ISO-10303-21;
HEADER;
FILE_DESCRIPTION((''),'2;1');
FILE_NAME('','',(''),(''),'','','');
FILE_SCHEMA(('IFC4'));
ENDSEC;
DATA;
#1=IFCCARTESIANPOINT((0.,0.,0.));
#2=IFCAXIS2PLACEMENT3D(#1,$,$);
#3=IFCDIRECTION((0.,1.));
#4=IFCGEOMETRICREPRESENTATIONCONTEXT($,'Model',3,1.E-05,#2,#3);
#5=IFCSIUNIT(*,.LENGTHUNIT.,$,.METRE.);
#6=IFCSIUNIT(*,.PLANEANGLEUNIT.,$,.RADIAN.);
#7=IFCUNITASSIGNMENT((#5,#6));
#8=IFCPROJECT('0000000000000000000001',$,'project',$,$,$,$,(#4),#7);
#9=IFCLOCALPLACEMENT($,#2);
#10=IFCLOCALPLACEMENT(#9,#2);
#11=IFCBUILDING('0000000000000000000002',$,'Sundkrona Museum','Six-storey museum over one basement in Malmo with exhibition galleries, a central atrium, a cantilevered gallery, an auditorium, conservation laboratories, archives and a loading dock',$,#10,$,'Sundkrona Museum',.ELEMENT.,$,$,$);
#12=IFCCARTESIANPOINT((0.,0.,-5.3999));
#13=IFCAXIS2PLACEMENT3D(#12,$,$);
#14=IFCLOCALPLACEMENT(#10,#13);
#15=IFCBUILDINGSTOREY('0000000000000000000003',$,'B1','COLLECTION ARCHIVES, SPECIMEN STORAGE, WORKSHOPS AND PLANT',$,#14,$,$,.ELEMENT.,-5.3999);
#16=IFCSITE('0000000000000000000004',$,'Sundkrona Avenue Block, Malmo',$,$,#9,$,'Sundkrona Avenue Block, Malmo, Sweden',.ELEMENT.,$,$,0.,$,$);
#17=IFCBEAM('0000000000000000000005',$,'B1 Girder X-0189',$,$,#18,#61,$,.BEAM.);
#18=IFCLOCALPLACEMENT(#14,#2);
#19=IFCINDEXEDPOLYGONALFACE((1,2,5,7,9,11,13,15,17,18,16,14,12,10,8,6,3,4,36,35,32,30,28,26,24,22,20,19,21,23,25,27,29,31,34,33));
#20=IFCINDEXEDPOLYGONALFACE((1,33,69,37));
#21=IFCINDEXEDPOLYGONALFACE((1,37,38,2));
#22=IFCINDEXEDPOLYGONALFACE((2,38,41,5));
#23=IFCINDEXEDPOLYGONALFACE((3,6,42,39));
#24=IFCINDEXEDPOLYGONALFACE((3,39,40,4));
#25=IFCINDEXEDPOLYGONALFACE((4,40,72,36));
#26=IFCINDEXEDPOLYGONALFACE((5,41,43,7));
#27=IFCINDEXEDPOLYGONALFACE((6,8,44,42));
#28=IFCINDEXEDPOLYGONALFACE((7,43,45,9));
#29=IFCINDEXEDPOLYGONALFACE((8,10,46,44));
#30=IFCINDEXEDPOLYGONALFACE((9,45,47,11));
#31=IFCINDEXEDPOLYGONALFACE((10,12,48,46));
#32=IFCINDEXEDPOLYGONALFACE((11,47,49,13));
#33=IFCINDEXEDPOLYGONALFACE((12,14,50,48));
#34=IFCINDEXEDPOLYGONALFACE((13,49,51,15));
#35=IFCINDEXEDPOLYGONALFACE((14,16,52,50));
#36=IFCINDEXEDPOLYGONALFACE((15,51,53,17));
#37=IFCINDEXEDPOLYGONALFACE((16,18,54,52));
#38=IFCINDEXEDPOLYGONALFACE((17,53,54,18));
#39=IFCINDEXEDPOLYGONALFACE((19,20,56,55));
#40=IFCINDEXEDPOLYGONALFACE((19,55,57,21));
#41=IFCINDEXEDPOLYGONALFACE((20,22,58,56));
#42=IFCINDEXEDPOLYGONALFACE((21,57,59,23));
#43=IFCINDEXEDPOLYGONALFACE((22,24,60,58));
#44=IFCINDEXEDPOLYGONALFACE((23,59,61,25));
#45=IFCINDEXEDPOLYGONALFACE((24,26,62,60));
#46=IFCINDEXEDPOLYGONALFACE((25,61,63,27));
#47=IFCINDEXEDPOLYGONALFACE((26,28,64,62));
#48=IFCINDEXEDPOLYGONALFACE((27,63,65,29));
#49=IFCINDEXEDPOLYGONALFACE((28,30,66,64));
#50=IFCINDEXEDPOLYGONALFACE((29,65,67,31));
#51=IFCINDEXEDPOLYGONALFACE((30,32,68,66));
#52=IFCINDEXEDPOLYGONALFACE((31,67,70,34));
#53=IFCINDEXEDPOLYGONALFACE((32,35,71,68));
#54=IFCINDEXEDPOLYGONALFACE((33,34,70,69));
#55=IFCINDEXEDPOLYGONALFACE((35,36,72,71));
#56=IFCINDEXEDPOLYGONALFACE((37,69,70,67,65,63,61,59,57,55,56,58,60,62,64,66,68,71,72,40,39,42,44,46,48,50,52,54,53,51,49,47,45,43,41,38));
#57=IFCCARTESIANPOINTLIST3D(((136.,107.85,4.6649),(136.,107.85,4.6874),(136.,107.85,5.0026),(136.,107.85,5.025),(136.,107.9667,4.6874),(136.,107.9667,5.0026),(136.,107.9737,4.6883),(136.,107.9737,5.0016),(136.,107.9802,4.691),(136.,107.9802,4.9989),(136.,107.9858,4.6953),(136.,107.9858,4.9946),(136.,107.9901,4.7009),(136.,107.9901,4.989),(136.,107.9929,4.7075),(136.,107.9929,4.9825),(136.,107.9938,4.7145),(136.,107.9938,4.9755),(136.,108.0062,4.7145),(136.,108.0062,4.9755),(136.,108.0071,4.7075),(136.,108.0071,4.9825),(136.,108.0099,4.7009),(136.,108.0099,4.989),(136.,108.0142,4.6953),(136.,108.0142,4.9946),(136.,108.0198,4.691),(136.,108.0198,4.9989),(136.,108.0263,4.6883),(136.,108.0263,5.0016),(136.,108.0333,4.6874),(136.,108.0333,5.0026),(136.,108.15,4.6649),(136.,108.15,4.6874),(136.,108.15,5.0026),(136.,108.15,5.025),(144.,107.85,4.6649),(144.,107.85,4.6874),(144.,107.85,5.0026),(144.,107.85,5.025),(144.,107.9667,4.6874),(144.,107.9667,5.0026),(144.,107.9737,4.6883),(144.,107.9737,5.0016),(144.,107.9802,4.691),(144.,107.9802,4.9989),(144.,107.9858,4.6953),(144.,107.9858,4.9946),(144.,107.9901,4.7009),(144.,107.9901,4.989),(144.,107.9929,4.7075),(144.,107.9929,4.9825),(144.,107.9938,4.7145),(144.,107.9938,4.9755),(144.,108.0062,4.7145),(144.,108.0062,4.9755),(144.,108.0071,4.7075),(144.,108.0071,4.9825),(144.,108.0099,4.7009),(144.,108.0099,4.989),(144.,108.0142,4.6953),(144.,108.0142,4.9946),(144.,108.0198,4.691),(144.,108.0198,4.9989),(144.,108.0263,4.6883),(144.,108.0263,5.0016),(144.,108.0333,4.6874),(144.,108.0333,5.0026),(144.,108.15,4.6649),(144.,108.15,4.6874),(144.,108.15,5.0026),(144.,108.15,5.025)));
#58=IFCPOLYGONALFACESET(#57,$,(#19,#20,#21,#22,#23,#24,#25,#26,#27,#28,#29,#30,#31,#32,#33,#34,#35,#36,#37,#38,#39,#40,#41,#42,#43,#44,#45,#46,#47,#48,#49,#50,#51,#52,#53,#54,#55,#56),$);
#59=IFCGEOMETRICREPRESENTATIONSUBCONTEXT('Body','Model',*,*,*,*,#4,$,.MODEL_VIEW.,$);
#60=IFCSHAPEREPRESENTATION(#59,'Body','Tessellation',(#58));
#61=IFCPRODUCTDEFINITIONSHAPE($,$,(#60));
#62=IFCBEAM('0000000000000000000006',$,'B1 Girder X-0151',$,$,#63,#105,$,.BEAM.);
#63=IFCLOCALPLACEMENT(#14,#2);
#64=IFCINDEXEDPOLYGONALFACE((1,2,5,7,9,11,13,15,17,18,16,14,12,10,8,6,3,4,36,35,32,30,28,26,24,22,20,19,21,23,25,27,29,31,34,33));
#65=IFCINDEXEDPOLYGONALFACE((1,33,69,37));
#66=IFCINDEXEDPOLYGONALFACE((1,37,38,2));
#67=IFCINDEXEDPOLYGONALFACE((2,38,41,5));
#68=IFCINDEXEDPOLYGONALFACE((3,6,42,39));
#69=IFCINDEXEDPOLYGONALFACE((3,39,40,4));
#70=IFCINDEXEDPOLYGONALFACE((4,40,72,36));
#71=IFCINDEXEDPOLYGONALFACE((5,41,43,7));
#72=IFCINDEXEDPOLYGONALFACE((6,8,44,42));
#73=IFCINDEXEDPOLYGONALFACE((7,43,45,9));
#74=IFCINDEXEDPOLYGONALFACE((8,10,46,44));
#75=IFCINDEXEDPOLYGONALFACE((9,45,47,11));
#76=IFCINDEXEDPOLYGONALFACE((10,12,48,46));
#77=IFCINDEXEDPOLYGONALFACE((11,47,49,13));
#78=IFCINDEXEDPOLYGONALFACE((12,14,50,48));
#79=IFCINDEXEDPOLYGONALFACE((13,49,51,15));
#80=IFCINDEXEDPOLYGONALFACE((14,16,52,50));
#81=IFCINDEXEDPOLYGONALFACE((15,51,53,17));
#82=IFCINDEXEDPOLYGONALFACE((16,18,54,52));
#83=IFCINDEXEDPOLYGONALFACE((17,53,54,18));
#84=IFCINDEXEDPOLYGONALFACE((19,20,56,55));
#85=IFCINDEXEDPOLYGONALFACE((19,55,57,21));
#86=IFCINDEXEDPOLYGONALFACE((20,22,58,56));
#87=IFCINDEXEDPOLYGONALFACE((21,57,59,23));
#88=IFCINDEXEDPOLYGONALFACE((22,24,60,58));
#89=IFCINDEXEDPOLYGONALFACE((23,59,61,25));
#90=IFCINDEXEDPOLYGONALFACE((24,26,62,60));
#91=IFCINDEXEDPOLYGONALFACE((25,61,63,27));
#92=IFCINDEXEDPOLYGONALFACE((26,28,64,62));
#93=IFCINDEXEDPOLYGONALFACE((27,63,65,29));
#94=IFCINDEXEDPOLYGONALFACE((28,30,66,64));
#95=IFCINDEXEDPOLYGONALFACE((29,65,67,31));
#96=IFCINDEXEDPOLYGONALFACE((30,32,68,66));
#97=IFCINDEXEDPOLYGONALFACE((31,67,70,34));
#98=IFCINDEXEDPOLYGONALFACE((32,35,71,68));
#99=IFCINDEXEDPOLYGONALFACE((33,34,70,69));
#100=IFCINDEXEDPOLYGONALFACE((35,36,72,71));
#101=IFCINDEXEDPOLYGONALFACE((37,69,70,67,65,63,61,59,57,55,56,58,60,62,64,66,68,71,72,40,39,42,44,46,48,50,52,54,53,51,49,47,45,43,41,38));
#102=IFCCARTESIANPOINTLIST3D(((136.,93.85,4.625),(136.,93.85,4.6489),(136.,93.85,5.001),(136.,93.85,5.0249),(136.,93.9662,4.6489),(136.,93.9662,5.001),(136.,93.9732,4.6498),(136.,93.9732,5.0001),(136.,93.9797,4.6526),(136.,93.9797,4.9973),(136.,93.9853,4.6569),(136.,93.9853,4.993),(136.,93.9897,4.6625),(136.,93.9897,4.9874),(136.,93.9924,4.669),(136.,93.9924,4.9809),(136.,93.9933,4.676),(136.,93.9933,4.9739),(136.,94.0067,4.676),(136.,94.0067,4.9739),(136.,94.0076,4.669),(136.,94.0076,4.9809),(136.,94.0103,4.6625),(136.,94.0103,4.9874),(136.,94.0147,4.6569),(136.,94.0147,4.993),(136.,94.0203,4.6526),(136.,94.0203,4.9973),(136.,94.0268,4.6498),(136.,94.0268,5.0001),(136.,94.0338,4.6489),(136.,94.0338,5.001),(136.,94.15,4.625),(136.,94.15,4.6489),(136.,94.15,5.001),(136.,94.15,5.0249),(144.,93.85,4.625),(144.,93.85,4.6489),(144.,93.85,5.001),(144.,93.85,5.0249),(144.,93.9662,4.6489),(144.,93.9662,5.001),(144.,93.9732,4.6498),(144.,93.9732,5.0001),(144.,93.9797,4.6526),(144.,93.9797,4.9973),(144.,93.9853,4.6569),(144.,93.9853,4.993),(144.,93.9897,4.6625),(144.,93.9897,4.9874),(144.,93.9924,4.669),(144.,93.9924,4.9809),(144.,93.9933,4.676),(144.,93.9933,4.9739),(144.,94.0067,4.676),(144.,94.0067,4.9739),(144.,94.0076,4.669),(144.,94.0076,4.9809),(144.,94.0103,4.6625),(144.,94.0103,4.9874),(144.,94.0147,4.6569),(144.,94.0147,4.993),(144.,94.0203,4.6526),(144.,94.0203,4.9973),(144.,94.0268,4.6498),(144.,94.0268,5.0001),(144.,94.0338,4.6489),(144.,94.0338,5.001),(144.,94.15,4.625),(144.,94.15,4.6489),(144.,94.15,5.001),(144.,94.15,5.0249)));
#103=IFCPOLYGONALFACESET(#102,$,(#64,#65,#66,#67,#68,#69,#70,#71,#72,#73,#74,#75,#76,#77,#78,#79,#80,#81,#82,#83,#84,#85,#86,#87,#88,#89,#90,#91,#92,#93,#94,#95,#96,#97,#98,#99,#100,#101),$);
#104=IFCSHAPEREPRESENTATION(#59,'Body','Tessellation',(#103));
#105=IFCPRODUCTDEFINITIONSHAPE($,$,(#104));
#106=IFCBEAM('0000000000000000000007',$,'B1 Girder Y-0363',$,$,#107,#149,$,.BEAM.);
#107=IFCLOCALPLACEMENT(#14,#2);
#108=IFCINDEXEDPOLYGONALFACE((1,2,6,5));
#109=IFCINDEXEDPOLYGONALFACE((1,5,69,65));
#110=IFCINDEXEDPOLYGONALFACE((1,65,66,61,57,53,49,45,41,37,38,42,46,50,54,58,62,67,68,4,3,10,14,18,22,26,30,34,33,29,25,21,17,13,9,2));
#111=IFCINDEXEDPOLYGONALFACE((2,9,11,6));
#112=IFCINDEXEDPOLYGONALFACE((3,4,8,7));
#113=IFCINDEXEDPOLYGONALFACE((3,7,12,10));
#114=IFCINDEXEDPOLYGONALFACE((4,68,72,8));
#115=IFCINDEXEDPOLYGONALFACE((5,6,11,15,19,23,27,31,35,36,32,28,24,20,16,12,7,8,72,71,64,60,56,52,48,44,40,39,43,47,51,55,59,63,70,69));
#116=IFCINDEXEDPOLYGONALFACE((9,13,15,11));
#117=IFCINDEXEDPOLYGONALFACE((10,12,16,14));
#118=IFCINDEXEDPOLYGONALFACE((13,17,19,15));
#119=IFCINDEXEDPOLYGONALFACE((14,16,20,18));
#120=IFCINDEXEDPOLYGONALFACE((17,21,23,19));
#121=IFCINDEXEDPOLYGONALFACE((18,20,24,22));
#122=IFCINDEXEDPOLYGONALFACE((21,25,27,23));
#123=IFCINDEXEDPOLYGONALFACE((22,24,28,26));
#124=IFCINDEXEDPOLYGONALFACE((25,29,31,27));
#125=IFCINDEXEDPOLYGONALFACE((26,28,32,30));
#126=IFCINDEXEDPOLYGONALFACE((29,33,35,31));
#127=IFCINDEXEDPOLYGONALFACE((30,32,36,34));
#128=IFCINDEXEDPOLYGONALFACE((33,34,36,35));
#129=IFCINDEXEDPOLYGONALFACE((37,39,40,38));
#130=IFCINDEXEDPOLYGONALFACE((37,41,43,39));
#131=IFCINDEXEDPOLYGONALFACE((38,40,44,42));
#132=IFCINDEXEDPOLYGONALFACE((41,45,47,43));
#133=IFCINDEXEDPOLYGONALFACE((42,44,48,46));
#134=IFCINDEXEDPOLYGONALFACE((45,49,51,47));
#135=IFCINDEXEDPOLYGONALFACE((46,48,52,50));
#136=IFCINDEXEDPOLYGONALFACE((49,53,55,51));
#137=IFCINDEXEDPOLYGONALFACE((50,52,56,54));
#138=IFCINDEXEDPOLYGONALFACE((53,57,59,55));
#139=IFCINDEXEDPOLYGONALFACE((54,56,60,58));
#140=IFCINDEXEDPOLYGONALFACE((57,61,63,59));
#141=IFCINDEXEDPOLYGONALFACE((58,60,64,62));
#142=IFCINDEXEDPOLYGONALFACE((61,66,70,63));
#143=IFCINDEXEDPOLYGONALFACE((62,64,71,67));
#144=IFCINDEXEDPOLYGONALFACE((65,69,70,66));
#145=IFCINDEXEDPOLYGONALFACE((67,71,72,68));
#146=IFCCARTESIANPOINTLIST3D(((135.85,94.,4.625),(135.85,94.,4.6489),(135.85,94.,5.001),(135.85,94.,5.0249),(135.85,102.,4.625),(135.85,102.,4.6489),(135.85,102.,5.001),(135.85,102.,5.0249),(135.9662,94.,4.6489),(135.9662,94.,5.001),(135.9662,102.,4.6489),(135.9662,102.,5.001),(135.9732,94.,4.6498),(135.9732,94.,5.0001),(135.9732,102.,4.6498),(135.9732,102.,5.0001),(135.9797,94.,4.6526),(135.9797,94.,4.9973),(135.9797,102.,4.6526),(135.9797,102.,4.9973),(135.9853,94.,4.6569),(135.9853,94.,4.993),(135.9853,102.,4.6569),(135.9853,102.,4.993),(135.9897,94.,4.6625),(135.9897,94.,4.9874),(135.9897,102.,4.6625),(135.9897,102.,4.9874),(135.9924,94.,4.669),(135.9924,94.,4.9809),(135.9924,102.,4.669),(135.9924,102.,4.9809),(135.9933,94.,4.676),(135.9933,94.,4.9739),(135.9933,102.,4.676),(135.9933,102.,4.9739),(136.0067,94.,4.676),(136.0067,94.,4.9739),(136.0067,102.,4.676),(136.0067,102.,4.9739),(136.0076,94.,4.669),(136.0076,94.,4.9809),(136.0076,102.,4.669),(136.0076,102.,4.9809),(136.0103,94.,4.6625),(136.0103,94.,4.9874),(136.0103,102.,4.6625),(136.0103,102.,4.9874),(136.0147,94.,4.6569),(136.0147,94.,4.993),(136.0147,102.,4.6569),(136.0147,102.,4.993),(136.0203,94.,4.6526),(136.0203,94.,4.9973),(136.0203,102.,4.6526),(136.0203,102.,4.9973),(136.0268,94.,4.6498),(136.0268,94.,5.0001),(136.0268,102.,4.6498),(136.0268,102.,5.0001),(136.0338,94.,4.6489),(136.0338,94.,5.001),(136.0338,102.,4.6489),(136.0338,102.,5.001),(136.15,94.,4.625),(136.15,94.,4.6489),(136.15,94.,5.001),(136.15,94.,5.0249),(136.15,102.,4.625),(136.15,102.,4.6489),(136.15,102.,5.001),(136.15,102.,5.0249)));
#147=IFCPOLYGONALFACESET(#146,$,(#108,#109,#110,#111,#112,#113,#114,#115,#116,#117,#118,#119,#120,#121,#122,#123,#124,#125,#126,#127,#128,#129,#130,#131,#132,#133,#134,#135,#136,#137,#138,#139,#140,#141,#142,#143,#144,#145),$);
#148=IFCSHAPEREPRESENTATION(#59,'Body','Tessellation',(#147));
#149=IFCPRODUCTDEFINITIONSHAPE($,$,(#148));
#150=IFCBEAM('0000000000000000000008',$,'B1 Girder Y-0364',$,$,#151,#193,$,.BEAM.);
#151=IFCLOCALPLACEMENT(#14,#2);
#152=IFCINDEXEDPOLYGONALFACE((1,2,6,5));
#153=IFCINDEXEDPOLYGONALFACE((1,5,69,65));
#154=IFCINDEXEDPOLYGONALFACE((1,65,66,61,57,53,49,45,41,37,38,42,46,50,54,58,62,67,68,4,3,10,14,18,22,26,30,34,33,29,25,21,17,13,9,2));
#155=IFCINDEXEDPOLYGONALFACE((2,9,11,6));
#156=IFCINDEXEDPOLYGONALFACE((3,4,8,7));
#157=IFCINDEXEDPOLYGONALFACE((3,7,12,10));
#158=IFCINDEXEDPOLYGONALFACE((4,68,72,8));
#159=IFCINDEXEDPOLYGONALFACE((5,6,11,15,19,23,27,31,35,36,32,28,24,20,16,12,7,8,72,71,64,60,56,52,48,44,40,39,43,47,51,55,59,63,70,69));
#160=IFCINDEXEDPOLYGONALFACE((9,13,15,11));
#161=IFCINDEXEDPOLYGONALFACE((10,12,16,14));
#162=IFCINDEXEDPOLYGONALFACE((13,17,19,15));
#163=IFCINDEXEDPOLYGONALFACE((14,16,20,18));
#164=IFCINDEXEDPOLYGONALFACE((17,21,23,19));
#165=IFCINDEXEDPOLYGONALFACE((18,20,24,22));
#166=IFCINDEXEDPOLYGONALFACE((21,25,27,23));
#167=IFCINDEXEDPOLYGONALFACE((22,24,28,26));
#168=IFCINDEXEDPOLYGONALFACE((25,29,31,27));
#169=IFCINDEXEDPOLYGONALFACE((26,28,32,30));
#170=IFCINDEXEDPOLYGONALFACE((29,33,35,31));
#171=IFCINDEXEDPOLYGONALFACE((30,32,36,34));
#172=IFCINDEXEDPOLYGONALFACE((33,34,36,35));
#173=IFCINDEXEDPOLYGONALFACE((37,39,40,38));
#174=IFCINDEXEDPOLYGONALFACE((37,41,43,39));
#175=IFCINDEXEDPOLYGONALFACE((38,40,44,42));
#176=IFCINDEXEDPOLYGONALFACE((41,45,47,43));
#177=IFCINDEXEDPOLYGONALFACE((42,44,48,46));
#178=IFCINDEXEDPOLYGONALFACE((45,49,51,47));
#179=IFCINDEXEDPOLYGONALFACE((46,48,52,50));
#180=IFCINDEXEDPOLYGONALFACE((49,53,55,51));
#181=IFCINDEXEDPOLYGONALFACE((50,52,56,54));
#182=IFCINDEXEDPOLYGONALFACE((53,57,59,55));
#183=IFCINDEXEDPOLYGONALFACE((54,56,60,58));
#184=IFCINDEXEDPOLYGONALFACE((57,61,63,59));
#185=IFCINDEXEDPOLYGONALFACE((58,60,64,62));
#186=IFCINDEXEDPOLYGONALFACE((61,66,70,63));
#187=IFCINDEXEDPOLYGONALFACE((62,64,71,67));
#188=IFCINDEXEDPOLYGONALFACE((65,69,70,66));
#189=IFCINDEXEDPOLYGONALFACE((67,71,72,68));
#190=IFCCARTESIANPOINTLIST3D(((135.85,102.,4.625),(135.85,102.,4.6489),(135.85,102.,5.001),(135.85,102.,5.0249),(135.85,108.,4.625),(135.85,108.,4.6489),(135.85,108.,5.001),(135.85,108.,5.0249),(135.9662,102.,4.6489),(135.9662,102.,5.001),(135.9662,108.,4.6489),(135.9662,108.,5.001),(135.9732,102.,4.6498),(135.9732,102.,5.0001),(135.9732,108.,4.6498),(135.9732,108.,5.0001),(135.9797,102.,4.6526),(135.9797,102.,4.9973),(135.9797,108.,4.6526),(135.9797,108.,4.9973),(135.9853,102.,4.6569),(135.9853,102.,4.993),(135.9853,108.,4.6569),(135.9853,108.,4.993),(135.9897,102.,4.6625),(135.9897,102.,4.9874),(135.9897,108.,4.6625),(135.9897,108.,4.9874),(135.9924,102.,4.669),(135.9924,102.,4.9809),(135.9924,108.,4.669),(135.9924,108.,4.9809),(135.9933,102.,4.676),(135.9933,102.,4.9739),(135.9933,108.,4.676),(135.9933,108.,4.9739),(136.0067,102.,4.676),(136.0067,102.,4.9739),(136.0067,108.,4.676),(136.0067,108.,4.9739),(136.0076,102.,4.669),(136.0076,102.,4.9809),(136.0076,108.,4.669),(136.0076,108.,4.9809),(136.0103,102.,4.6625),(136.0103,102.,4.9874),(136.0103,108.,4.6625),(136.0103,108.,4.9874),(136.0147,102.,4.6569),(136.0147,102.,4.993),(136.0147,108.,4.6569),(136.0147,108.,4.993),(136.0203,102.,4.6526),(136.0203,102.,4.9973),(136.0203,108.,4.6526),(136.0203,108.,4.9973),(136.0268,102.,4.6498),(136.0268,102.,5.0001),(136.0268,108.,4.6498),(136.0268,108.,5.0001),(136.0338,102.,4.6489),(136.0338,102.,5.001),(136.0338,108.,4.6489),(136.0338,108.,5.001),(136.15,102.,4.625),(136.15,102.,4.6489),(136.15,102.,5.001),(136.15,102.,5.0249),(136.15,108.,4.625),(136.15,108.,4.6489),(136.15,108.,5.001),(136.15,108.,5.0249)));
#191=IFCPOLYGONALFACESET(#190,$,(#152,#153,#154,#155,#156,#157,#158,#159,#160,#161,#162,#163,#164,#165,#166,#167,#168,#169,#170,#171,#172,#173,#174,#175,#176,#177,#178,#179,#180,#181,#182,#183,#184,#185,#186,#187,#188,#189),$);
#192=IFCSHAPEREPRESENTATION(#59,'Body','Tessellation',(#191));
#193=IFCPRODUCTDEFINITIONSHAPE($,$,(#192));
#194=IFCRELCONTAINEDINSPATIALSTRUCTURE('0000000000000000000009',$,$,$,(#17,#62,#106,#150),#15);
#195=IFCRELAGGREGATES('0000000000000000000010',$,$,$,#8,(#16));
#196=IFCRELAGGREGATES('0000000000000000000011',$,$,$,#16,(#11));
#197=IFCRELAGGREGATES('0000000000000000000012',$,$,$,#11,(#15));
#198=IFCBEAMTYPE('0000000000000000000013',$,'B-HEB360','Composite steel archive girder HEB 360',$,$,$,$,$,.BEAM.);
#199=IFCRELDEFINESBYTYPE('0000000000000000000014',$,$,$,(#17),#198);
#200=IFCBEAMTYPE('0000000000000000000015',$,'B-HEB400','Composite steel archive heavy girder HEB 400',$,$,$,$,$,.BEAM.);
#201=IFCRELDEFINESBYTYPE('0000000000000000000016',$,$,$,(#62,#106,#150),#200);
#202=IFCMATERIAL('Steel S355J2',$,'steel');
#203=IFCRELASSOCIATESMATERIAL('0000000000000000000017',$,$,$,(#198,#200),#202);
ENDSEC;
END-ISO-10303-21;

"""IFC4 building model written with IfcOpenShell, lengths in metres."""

from ifc_helpers import new_model, si_unit, direction, frame, origin, origin_2d, place, context, subcontext, project, spatial, i_section, extrude, material, material_profile, profile_set, type_object, element, save


model = new_model("IFC4")

# Units and contexts
model_context = context("Model", 3, precision=1e-05, world=origin(), true_north=direction((0.0, 1.0)))
body_context = subcontext(model_context, "Body", "Model", "MODEL_VIEW")
ifc_project = project(units=[si_unit("LENGTHUNIT", "METRE"), si_unit("PLANEANGLEUNIT", "RADIAN")], contexts=[model_context])

# Site, building, storey
site_placement = place(None, origin())
site = spatial("IfcSite", under=ifc_project, at=site_placement, Name="Sundkrona Avenue Block, Malmo", LongName="Sundkrona Avenue Block, Malmo, Sweden", CompositionType="ELEMENT", RefElevation=0.0)
building_placement = place(site_placement, origin())
building = spatial("IfcBuilding", under=site, at=building_placement, Name="Sundkrona Museum", Description="Six-storey museum over one basement in Malmo with exhibition galleries, a central atrium, a cantilevered gallery, an auditorium, conservation laboratories, archives and a loading dock", LongName="Sundkrona Museum", CompositionType="ELEMENT")
storey_placement = place(building_placement, frame((0.0, 0.0, -5.3999)))
storey = spatial("IfcBuildingStorey", under=building, at=storey_placement, Name="B1", Description="COLLECTION ARCHIVES, SPECIMEN STORAGE, WORKSHOPS AND PLANT", CompositionType="ELEMENT", Elevation=-5.3999)

# Beams
ifc_material_1 = material(Name="Steel S355J2", Category="steel")
ifc_material_profile_1 = material_profile(ifc_material_1, i_section(OverallWidth=0.3, OverallDepth=0.3601, WebThickness=0.0125, FlangeThickness=0.0225, FilletRadius=0.0271, at=origin_2d()), Name="HEB 360")
ifc_profile_set_1 = profile_set([ifc_material_profile_1], Name="Steel S355J2")
beam_type_1 = type_object("IfcBeamType", Name="B-HEB360", Description="Composite steel archive girder HEB 360", PredefinedType="BEAM", material=ifc_profile_set_1)
beam_1_placement = place(storey_placement, frame((136.0, 108.0, 4.845), z_axis=(1.0, 0.0, 0.0), x_axis=(0.0, 1.0, 0.0)))
element("IfcBeam", 1, at=beam_1_placement, inside=storey, type_object=beam_type_1, Name="B1 Girder X-0189", PredefinedType="BEAM", context=body_context, shape_type="SweptSolid", body=[
    extrude(i_section(OverallWidth=0.3, OverallDepth=0.3601, WebThickness=0.0125, FlangeThickness=0.0225, FilletRadius=0.0271, at=origin_2d()), origin(), (0.0, 0.0, 1.0), 8.0),
])
ifc_material_profile_2 = material_profile(ifc_material_1, i_section(OverallWidth=0.3, OverallDepth=0.3999, WebThickness=0.0134, FlangeThickness=0.0239, FilletRadius=0.0271, at=origin_2d()), Name="HEB 400")
ifc_profile_set_2 = profile_set([ifc_material_profile_2], Name="Steel S355J2")
beam_type_2 = type_object("IfcBeamType", Name="B-HEB400", Description="Composite steel archive heavy girder HEB 400", PredefinedType="BEAM", material=ifc_profile_set_2)
for number, where, z_axis, x_axis, name in (
    (2, (136.0, 94.0, 4.825), (1.0, 0.0, 0.0), (0.0, 1.0, 0.0), "B1 Girder X-0151"),
    (3, (136.0, 94.0, 4.825), (0.0, 1.0, 0.0), (-1.0, 0.0, 0.0), "B1 Girder Y-0363"),
):
    element("IfcBeam", number, at=place(storey_placement, frame(where, z_axis=z_axis, x_axis=x_axis)), inside=storey, type_object=beam_type_2, Name=name, PredefinedType="BEAM", context=body_context, shape_type="SweptSolid", body=[
        extrude(i_section(OverallWidth=0.3, OverallDepth=0.3999, WebThickness=0.0134, FlangeThickness=0.0239, FilletRadius=0.0271, at=origin_2d()), origin(), (0.0, 0.0, 1.0), 8.0),
    ])
for number, where, z_axis, x_axis, name in (
    (4, (136.0, 102.0, 4.825), (0.0, 1.0, 0.0), (-1.0, 0.0, 0.0), "B1 Girder Y-0364"),
):
    element("IfcBeam", number, at=place(storey_placement, frame(where, z_axis=z_axis, x_axis=x_axis)), inside=storey, type_object=beam_type_2, Name=name, PredefinedType="BEAM", context=body_context, shape_type="SweptSolid", body=[
        extrude(i_section(OverallWidth=0.3, OverallDepth=0.3999, WebThickness=0.0134, FlangeThickness=0.0239, FilletRadius=0.0271, at=origin_2d()), origin(), (0.0, 0.0, 1.0), 6.0),
    ])

save(model, "model.ifc")
